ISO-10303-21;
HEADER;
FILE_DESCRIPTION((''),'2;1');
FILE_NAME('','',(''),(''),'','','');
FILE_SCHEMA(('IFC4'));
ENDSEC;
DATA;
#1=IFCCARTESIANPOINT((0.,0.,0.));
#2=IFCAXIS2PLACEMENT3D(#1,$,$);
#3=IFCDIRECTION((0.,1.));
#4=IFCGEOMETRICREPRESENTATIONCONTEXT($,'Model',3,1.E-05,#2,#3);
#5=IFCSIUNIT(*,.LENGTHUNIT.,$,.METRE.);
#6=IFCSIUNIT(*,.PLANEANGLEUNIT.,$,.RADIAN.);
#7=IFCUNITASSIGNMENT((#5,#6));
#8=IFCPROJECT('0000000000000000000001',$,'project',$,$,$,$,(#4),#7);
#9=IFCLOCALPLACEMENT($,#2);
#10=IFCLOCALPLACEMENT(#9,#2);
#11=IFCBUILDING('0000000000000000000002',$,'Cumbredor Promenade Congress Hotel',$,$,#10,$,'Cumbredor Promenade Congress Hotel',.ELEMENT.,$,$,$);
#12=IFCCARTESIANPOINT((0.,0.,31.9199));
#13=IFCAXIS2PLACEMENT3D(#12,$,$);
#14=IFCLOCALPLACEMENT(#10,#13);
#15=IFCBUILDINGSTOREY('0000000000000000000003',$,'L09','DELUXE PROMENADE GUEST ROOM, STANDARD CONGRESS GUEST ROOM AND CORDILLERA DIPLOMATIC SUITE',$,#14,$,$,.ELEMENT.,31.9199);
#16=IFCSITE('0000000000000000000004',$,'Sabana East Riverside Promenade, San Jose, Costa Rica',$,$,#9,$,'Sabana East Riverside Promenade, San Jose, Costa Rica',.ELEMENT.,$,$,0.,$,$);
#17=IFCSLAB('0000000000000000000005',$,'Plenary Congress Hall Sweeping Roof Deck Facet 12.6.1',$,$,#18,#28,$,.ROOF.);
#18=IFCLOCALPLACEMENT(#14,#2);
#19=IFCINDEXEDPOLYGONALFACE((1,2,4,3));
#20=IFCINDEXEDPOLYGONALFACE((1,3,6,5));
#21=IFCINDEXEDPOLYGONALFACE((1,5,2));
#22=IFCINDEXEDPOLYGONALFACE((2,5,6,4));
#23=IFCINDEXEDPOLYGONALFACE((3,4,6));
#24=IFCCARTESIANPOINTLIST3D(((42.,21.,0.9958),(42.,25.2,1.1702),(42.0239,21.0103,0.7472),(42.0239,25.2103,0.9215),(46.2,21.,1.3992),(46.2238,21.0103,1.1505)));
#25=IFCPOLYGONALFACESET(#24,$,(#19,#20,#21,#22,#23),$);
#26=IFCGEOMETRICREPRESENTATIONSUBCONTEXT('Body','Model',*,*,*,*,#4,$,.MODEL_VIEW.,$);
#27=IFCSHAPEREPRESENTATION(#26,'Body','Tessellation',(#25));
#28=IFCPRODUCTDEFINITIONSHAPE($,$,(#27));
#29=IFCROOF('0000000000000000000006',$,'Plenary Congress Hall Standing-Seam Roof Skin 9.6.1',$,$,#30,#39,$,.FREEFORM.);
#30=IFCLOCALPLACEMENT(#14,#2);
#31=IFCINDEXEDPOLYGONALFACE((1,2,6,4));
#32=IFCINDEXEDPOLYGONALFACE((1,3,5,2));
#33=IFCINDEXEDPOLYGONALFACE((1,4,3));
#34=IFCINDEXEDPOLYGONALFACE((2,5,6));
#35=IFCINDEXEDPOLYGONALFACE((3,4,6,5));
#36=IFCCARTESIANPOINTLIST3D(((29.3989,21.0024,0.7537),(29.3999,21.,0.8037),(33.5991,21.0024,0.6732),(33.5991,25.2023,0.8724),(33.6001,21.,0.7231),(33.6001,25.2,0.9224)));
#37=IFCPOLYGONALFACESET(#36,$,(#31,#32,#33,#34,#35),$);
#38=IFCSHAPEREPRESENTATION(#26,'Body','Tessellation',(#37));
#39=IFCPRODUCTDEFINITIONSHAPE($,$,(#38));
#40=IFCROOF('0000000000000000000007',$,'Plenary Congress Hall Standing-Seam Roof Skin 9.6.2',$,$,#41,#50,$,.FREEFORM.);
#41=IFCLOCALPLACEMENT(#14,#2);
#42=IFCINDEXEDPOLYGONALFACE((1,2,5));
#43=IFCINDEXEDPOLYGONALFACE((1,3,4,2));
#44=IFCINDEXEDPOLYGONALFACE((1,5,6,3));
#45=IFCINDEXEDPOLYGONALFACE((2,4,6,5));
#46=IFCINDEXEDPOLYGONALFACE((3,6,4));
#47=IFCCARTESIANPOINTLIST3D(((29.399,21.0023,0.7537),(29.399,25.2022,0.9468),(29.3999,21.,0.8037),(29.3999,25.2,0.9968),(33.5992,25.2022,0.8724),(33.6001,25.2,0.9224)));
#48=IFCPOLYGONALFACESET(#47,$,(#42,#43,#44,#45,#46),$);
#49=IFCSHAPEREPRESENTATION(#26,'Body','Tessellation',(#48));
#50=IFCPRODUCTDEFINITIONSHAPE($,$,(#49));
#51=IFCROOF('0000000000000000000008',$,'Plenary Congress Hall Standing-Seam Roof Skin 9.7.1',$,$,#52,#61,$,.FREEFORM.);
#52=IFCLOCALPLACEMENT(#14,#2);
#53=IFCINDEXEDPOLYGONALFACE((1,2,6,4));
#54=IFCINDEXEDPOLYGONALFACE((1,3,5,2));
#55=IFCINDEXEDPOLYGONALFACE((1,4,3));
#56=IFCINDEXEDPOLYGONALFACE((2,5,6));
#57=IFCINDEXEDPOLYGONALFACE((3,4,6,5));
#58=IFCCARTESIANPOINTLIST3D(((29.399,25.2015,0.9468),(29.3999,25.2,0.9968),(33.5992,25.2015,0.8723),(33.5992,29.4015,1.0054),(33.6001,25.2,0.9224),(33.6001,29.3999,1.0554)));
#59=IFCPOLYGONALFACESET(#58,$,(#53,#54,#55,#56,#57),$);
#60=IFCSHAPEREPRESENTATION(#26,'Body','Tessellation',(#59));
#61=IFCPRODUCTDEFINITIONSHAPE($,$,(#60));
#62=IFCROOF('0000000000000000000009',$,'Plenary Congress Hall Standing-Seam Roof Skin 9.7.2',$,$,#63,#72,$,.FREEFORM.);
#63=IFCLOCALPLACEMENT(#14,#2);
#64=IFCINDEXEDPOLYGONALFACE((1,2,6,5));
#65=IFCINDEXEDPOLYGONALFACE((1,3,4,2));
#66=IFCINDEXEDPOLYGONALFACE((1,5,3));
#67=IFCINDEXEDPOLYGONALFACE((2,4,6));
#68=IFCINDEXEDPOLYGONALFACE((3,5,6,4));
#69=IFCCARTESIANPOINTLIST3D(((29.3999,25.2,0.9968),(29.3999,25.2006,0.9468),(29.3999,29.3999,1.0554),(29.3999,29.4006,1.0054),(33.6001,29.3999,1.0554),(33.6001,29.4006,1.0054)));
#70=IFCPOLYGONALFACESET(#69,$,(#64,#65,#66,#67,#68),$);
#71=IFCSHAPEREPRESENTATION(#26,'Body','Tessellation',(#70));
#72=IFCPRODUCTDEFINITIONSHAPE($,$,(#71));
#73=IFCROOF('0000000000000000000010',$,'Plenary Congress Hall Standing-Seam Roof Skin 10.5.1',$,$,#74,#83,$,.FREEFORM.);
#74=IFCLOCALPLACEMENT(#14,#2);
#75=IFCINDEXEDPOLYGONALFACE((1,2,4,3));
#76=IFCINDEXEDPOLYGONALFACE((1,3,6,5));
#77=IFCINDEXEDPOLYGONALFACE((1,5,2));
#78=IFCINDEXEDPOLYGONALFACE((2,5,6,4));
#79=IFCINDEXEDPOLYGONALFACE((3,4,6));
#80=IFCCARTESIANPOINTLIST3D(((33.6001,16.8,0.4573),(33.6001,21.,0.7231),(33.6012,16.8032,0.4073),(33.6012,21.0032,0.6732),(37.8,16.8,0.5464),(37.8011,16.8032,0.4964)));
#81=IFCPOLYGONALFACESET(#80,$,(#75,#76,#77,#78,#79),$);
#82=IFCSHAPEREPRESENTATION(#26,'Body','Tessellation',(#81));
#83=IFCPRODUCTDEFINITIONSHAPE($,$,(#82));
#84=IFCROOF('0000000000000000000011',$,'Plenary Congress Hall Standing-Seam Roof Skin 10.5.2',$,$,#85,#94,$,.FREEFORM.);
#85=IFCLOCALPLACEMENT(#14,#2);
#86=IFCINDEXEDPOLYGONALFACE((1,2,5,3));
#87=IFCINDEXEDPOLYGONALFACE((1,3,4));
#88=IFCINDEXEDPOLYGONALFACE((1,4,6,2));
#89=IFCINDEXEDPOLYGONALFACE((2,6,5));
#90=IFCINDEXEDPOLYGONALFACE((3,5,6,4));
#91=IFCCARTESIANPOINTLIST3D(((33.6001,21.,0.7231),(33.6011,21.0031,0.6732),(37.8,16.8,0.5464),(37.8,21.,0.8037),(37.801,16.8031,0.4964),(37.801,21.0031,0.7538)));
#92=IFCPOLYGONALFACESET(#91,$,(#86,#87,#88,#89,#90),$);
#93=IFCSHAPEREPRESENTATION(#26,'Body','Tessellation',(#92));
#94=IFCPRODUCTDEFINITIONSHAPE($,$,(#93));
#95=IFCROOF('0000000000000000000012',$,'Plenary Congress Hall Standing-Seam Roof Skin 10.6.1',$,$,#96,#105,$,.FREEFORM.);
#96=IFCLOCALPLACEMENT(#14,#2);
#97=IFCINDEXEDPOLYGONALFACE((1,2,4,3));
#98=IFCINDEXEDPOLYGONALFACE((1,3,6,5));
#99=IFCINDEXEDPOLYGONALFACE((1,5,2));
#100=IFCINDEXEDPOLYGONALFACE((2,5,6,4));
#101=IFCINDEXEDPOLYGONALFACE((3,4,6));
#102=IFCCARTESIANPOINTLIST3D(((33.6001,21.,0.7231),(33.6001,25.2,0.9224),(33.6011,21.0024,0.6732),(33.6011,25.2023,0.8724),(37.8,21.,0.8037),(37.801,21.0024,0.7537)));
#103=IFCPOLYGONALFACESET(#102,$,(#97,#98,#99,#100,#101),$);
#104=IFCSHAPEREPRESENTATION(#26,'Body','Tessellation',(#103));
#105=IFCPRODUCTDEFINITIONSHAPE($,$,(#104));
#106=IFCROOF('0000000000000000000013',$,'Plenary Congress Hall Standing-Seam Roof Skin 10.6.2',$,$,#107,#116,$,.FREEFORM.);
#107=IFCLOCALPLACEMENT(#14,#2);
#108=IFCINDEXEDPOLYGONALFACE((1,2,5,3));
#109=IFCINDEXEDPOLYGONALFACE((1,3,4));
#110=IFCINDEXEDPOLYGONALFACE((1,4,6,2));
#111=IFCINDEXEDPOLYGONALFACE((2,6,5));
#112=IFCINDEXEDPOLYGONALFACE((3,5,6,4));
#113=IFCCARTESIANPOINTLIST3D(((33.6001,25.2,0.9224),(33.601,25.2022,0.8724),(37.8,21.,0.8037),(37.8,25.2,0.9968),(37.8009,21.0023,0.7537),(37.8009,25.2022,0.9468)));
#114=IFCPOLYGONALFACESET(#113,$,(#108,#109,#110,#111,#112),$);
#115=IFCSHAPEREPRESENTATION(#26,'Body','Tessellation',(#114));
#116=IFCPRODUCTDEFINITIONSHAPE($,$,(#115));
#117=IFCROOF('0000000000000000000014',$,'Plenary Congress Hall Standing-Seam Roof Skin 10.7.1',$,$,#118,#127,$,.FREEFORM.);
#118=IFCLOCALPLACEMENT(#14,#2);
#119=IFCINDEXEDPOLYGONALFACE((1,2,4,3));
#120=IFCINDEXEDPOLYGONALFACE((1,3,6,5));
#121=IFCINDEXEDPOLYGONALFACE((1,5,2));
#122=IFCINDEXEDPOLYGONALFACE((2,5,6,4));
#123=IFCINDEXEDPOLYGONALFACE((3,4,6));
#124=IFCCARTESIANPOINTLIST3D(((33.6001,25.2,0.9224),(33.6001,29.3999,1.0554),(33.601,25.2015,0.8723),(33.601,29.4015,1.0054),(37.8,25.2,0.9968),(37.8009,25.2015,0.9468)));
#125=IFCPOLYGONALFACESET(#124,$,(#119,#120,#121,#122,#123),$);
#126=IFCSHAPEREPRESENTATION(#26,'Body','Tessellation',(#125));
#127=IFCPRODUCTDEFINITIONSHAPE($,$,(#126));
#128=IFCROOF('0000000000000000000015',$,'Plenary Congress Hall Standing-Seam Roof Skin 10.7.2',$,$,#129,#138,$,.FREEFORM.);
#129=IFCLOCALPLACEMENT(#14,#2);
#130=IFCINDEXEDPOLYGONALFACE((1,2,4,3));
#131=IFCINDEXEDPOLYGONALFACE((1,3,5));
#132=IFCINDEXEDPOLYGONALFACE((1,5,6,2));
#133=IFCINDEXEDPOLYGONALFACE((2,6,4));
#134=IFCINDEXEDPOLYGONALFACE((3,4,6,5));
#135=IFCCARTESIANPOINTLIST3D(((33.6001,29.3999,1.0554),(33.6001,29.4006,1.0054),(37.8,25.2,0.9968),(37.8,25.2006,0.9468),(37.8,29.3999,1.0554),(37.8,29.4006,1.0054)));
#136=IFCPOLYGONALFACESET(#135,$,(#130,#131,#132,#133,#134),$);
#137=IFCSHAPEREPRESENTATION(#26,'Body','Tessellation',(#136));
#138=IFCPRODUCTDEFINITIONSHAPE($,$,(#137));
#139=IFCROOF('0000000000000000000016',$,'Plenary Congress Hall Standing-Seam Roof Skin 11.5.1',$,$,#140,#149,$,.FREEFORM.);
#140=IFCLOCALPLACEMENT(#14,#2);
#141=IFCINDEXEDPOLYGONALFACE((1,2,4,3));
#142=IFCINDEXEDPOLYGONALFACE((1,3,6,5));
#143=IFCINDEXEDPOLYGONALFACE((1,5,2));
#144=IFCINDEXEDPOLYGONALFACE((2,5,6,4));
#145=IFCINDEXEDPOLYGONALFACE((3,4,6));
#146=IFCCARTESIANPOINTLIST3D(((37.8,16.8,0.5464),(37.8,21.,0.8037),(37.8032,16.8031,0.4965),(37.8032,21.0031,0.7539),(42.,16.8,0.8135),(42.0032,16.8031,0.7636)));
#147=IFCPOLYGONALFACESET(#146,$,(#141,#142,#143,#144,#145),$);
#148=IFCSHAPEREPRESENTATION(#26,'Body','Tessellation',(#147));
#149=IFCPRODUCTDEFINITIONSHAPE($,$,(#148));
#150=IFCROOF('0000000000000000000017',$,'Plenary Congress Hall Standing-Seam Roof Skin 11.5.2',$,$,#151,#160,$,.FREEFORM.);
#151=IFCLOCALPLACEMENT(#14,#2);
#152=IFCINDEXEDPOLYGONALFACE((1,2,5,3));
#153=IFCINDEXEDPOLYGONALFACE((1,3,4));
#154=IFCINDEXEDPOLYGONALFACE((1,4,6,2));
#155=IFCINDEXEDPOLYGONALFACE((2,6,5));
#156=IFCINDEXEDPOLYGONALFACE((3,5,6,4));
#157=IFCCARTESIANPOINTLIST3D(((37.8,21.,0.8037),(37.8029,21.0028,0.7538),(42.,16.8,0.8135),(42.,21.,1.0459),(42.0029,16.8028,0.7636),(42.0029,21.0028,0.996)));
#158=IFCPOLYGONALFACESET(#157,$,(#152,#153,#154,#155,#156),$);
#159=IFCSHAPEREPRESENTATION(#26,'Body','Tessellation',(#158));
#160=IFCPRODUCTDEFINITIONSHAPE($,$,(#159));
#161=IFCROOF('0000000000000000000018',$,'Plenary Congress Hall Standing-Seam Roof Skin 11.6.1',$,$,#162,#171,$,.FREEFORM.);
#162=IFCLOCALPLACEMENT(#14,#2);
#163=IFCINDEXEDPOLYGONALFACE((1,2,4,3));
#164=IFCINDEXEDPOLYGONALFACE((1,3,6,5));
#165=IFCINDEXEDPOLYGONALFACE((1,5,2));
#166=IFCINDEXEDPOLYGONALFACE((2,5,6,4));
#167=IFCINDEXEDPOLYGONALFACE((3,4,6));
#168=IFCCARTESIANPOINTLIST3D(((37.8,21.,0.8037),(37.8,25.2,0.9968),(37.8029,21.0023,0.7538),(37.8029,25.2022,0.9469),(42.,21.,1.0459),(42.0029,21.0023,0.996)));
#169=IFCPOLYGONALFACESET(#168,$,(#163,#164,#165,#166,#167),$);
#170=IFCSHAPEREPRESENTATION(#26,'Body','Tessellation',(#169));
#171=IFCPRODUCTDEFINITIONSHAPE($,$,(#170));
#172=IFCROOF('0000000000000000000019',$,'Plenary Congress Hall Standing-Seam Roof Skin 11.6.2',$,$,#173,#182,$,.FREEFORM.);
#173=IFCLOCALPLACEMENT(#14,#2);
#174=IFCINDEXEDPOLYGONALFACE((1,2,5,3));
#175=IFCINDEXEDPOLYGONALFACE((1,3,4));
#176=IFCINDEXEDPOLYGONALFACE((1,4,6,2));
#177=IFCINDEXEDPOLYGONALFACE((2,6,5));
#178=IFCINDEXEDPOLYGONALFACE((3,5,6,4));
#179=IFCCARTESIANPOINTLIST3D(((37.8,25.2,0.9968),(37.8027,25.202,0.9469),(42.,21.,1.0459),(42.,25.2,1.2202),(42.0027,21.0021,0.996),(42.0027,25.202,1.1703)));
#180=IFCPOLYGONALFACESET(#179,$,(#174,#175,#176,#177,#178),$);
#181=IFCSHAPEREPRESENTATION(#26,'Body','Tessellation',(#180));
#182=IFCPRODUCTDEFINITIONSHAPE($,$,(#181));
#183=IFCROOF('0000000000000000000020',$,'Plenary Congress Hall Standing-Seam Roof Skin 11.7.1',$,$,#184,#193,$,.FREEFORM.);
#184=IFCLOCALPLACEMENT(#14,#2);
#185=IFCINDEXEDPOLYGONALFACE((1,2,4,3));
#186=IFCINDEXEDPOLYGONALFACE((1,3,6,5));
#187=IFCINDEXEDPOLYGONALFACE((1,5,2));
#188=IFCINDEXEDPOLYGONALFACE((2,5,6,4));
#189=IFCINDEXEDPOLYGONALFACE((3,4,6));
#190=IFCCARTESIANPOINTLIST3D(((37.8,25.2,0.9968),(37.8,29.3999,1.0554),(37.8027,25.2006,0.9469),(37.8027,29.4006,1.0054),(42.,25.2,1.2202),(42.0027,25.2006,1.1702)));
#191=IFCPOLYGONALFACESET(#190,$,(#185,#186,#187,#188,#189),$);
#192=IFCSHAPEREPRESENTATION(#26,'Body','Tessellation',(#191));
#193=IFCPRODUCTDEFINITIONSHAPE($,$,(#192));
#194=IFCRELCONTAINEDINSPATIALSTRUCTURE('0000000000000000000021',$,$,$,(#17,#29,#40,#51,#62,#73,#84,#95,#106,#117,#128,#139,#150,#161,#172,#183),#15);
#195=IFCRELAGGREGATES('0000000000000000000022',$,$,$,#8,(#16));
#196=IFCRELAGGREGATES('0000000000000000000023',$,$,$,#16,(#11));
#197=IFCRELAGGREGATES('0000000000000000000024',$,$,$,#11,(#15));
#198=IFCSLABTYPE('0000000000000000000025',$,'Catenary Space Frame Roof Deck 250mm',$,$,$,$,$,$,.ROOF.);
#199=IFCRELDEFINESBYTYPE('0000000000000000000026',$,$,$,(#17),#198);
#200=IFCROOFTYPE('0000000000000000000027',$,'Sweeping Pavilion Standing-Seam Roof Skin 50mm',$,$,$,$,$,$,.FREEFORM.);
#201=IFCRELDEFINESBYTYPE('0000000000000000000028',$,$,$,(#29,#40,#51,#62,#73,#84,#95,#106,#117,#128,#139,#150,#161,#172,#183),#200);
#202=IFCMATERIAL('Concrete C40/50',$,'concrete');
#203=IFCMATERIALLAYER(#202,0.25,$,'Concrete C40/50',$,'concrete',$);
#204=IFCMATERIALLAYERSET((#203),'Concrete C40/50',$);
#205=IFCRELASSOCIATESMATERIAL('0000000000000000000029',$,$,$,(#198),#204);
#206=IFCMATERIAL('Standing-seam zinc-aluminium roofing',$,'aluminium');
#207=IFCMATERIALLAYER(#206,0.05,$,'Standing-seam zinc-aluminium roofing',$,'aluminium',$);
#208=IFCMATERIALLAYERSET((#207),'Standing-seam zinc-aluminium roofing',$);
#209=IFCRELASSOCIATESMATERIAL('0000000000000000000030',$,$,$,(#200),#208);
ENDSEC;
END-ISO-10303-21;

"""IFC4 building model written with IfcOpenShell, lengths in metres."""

from ifc_helpers import new_model, si_unit, direction, frame, origin, place, context, subcontext, project, spatial, polyline, outline, extrude, material, layer, layer_set, type_object, element, save


model = new_model("IFC4")

# Units and contexts
model_context = context("Model", 3, precision=1e-05, world=origin(), true_north=direction((0.0, 1.0)))
body_context = subcontext(model_context, "Body", "Model", "MODEL_VIEW")
ifc_project = project(units=[si_unit("LENGTHUNIT", "METRE"), si_unit("PLANEANGLEUNIT", "RADIAN")], contexts=[model_context])

# Site, building, storey
site_placement = place(None, origin())
site = spatial("IfcSite", under=ifc_project, at=site_placement, Name="Sabana East Riverside Promenade, San Jose, Costa Rica", LongName="Sabana East Riverside Promenade, San Jose, Costa Rica", CompositionType="ELEMENT", RefElevation=0.0)
building_placement = place(site_placement, origin())
building = spatial("IfcBuilding", under=site, at=building_placement, Name="Cumbredor Promenade Congress Hotel", LongName="Cumbredor Promenade Congress Hotel", CompositionType="ELEMENT")
storey_placement = place(building_placement, frame((0.0, 0.0, 31.9199)))
storey = spatial("IfcBuildingStorey", under=building, at=storey_placement, Name="L09", Description="DELUXE PROMENADE GUEST ROOM, STANDARD CONGRESS GUEST ROOM AND CORDILLERA DIPLOMATIC SUITE", CompositionType="ELEMENT", Elevation=31.9199)

# Slab
ifc_material_1 = material(Name="Concrete C40/50", Category="concrete")
ifc_layer_1 = layer(ifc_material_1, 0.25, Name="Concrete C40/50", Category="concrete")
ifc_layer_set_1 = layer_set([ifc_layer_1], Name="Concrete C40/50")
slab_type = type_object("IfcSlabType", Name="Catenary Space Frame Roof Deck 250mm", PredefinedType="ROOF", material=ifc_layer_set_1)
slab_1_placement = place(storey_placement, frame((42.0, 21.0, 0.9958), z_axis=(-0.095509, -0.041279, 0.994572), x_axis=(0.995421, 0.0, 0.09559)))
element("IfcSlab", 1, at=slab_1_placement, inside=storey, type_object=slab_type, Name="Plenary Congress Hall Sweeping Roof Deck Facet 12.6.1", PredefinedType="ROOF", context=body_context, shape_type="SweptSolid", body=[
    extrude(outline(polyline([(0.0, 0.0), (4.2193, 0.0), (0.0167, 4.2035), (0.0, 0.0)])), origin(), (0.0, 0.0, -1.0), 0.25),
])

# Roofs
ifc_material_2 = material(Name="Standing-seam zinc-aluminium roofing", Category="aluminium")
ifc_layer_2 = layer(ifc_material_2, 0.05, Name="Standing-seam zinc-aluminium roofing", Category="aluminium")
ifc_layer_set_2 = layer_set([ifc_layer_2], Name="Standing-seam zinc-aluminium roofing")
roof_type = type_object("IfcRoofType", Name="Sweeping Pavilion Standing-Seam Roof Skin 50mm", PredefinedType="FREEFORM", material=ifc_layer_set_2)
roof_1_placement = place(storey_placement, frame((29.3999, 21.0, 0.8037), z_axis=(0.019157, -0.047372, 0.998694), x_axis=(0.999816, 0.0, -0.019178)))
element("IfcRoof", 2, at=roof_1_placement, inside=storey, type_object=roof_type, Name="Plenary Congress Hall Standing-Seam Roof Skin 9.6.1", PredefinedType="FREEFORM", context=body_context, shape_type="SweptSolid", body=[
    extrude(outline(polyline([(0.0, 0.0), (4.201, 0.0), (4.1971, 4.2047), (0.0, 0.0)])), origin(), (0.0, 0.0, -1.0), 0.05),
])
roof_2_placement = place(storey_placement, frame((29.3999, 21.0, 0.8037), z_axis=(0.017707, -0.045925, 0.998788), x_axis=(0.706986, 0.706945, 0.019972)))
element("IfcRoof", 3, at=roof_2_placement, inside=storey, type_object=roof_type, Name="Plenary Congress Hall Standing-Seam Roof Skin 9.6.2", PredefinedType="FREEFORM", context=body_context, shape_type="SweptSolid", body=[
    extrude(outline(polyline([(0.0, 0.0), (5.941, 0.0), (2.973, 2.9729), (0.0, 0.0)])), origin(), (0.0, 0.0, -1.0), 0.05),
])
roof_3_placement = place(storey_placement, frame((29.3999, 25.2, 0.9968), z_axis=(0.017717, -0.03166, 0.999342), x_axis=(0.999843, 0.0, -0.017726)))
element("IfcRoof", 4, at=roof_3_placement, inside=storey, type_object=roof_type, Name="Plenary Congress Hall Standing-Seam Roof Skin 9.7.1", PredefinedType="FREEFORM", context=body_context, shape_type="SweptSolid", body=[
    extrude(outline(polyline([(0.0, 0.0), (4.2009, 0.0), (4.1985, 4.2021), (0.0, 0.0)])), origin(), (0.0, 0.0, -1.0), 0.05),
])
roof_4_placement = place(storey_placement, frame((29.3999, 25.2, 0.9968), z_axis=(0.0, -0.01395, 0.999903), x_axis=(0.707093, 0.707052, 0.009864)))
element("IfcRoof", 5, at=roof_4_placement, inside=storey, type_object=roof_type, Name="Plenary Congress Hall Standing-Seam Roof Skin 9.7.2", PredefinedType="FREEFORM", context=body_context, shape_type="SweptSolid", body=[
    extrude(outline(polyline([(0.0, 0.0), (5.9401, 0.0), (2.9702, 2.97), (0.0, 0.0)])), origin(), (0.0, 0.0, -1.0), 0.05),
])
roof_5_placement = place(storey_placement, frame((33.6001, 16.8, 0.4573), z_axis=(-0.02117, -0.063162, 0.997779), x_axis=(0.999775, 0.0, 0.021212)))
element("IfcRoof", 6, at=roof_5_placement, inside=storey, type_object=roof_type, Name="Plenary Congress Hall Standing-Seam Roof Skin 10.5.1", PredefinedType="FREEFORM", context=body_context, shape_type="SweptSolid", body=[
    extrude(outline(polyline([(0.0, 0.0), (4.2009, 0.0), (0.0056, 4.2084), (0.0, 0.0)])), origin(), (0.0, 0.0, -1.0), 0.05),
])
roof_6_placement = place(storey_placement, frame((37.8, 16.8, 0.5464), z_axis=(-0.019143, -0.061143, 0.997945), x_axis=(0.0, 0.998128, 0.061154)))
element("IfcRoof", 7, at=roof_6_placement, inside=storey, type_object=roof_type, Name="Plenary Congress Hall Standing-Seam Roof Skin 10.5.2", PredefinedType="FREEFORM", context=body_context, shape_type="SweptSolid", body=[
    extrude(outline(polyline([(0.0, 0.0), (4.2078, 0.0), (4.2029, 4.2007), (0.0, 0.0)])), origin(), (0.0, 0.0, -1.0), 0.05),
])
roof_7_placement = place(storey_placement, frame((33.6001, 21.0, 0.7231), z_axis=(-0.019158, -0.047372, 0.998694), x_axis=(0.999816, 0.0, 0.019179)))
element("IfcRoof", 8, at=roof_7_placement, inside=storey, type_object=roof_type, Name="Plenary Congress Hall Standing-Seam Roof Skin 10.6.1", PredefinedType="FREEFORM", context=body_context, shape_type="SweptSolid", body=[
    extrude(outline(polyline([(0.0, 0.0), (4.2007, 0.0), (0.0038, 4.2047), (0.0, 0.0)])), origin(), (0.0, 0.0, -1.0), 0.05),
])
roof_8_placement = place(storey_placement, frame((37.8, 21.0, 0.8037), z_axis=(-0.017708, -0.045925, 0.998788), x_axis=(0.0, 0.998945, 0.045932)))
element("IfcRoof", 9, at=roof_8_placement, inside=storey, type_object=roof_type, Name="Plenary Congress Hall Standing-Seam Roof Skin 10.6.2", PredefinedType="FREEFORM", context=body_context, shape_type="SweptSolid", body=[
    extrude(outline(polyline([(0.0, 0.0), (4.2044, 0.0), (4.201, 4.2006), (0.0, 0.0)])), origin(), (0.0, 0.0, -1.0), 0.05),
])
roof_9_placement = place(storey_placement, frame((33.6001, 25.2, 0.9224), z_axis=(-0.017718, -0.03166, 0.999342), x_axis=(0.999843, 0.0, 0.017727)))
element("IfcRoof", 10, at=roof_9_placement, inside=storey, type_object=roof_type, Name="Plenary Congress Hall Standing-Seam Roof Skin 10.7.1", PredefinedType="FREEFORM", context=body_context, shape_type="SweptSolid", body=[
    extrude(outline(polyline([(0.0, 0.0), (4.2006, 0.0), (0.0024, 4.2021), (0.0, 0.0)])), origin(), (0.0, 0.0, -1.0), 0.05),
])
roof_10_placement = place(storey_placement, frame((37.8, 25.2, 0.9968), z_axis=(0.0, -0.01395, 0.999903), x_axis=(0.0, 0.999903, 0.01395)))
element("IfcRoof", 11, at=roof_10_placement, inside=storey, type_object=roof_type, Name="Plenary Congress Hall Standing-Seam Roof Skin 10.7.2", PredefinedType="FREEFORM", context=body_context, shape_type="SweptSolid", body=[
    extrude(outline(polyline([(0.0, 0.0), (4.2004, 0.0), (4.2004, 4.2), (0.0, 0.0)])), origin(), (0.0, 0.0, -1.0), 0.05),
])
roof_11_placement = place(storey_placement, frame((37.8, 16.8, 0.5464), z_axis=(-0.063347, -0.061031, 0.996124), x_axis=(0.997984, 0.0, 0.063465)))
element("IfcRoof", 12, at=roof_11_placement, inside=storey, type_object=roof_type, Name="Plenary Congress Hall Standing-Seam Roof Skin 11.5.1", PredefinedType="FREEFORM", context=body_context, shape_type="SweptSolid", body=[
    extrude(outline(polyline([(0.0, 0.0), (4.2084, 0.0), (0.0163, 4.2078), (0.0, 0.0)])), origin(), (0.0, 0.0, -1.0), 0.05),
])
roof_12_placement = place(storey_placement, frame((42.0, 16.8, 0.8135), z_axis=(-0.057481, -0.055163, 0.996821), x_axis=(0.0, 0.998472, 0.055255)))
element("IfcRoof", 13, at=roof_12_placement, inside=storey, type_object=roof_type, Name="Plenary Congress Hall Standing-Seam Roof Skin 11.5.2", PredefinedType="FREEFORM", context=body_context, shape_type="SweptSolid", body=[
    extrude(outline(polyline([(0.0, 0.0), (4.2064, 0.0), (4.193, 4.2069), (0.0, 0.0)])), origin(), (0.0, 0.0, -1.0), 0.05),
])
roof_13_placement = place(storey_placement, frame((37.8, 21.0, 0.8037), z_axis=(-0.057508, -0.045856, 0.997291), x_axis=(0.998342, 0.0, 0.057569)))
element("IfcRoof", 14, at=roof_13_placement, inside=storey, type_object=roof_type, Name="Plenary Congress Hall Standing-Seam Roof Skin 11.6.1", PredefinedType="FREEFORM", context=body_context, shape_type="SweptSolid", body=[
    extrude(outline(polyline([(0.0, 0.0), (4.2069, 0.0), (0.0111, 4.2044), (0.0, 0.0)])), origin(), (0.0, 0.0, -1.0), 0.05),
])
roof_14_placement = place(storey_placement, frame((42.0, 21.0, 1.0459), z_axis=(-0.053068, -0.04141, 0.997732), x_axis=(0.0, 0.99914, 0.041469)))
element("IfcRoof", 15, at=roof_14_placement, inside=storey, type_object=roof_type, Name="Plenary Congress Hall Standing-Seam Roof Skin 11.6.2", PredefinedType="FREEFORM", context=body_context, shape_type="SweptSolid", body=[
    extrude(outline(polyline([(0.0, 0.0), (4.2036, 0.0), (4.1943, 4.2059), (0.0, 0.0)])), origin(), (0.0, 0.0, -1.0), 0.05),
])
roof_15_placement = place(storey_placement, frame((37.8, 25.2, 0.9968), z_axis=(-0.053108, -0.01393, 0.998492), x_axis=(0.998588, 0.0, 0.053113)))
element("IfcRoof", 16, at=roof_15_placement, inside=storey, type_object=roof_type, Name="Plenary Congress Hall Standing-Seam Roof Skin 11.7.1", PredefinedType="FREEFORM", context=body_context, shape_type="SweptSolid", body=[
    extrude(outline(polyline([(0.0, 0.0), (4.2059, 0.0), (0.0031, 4.2004), (0.0, 0.0)])), origin(), (0.0, 0.0, -1.0), 0.05),
])

save(model, "model.ifc")
